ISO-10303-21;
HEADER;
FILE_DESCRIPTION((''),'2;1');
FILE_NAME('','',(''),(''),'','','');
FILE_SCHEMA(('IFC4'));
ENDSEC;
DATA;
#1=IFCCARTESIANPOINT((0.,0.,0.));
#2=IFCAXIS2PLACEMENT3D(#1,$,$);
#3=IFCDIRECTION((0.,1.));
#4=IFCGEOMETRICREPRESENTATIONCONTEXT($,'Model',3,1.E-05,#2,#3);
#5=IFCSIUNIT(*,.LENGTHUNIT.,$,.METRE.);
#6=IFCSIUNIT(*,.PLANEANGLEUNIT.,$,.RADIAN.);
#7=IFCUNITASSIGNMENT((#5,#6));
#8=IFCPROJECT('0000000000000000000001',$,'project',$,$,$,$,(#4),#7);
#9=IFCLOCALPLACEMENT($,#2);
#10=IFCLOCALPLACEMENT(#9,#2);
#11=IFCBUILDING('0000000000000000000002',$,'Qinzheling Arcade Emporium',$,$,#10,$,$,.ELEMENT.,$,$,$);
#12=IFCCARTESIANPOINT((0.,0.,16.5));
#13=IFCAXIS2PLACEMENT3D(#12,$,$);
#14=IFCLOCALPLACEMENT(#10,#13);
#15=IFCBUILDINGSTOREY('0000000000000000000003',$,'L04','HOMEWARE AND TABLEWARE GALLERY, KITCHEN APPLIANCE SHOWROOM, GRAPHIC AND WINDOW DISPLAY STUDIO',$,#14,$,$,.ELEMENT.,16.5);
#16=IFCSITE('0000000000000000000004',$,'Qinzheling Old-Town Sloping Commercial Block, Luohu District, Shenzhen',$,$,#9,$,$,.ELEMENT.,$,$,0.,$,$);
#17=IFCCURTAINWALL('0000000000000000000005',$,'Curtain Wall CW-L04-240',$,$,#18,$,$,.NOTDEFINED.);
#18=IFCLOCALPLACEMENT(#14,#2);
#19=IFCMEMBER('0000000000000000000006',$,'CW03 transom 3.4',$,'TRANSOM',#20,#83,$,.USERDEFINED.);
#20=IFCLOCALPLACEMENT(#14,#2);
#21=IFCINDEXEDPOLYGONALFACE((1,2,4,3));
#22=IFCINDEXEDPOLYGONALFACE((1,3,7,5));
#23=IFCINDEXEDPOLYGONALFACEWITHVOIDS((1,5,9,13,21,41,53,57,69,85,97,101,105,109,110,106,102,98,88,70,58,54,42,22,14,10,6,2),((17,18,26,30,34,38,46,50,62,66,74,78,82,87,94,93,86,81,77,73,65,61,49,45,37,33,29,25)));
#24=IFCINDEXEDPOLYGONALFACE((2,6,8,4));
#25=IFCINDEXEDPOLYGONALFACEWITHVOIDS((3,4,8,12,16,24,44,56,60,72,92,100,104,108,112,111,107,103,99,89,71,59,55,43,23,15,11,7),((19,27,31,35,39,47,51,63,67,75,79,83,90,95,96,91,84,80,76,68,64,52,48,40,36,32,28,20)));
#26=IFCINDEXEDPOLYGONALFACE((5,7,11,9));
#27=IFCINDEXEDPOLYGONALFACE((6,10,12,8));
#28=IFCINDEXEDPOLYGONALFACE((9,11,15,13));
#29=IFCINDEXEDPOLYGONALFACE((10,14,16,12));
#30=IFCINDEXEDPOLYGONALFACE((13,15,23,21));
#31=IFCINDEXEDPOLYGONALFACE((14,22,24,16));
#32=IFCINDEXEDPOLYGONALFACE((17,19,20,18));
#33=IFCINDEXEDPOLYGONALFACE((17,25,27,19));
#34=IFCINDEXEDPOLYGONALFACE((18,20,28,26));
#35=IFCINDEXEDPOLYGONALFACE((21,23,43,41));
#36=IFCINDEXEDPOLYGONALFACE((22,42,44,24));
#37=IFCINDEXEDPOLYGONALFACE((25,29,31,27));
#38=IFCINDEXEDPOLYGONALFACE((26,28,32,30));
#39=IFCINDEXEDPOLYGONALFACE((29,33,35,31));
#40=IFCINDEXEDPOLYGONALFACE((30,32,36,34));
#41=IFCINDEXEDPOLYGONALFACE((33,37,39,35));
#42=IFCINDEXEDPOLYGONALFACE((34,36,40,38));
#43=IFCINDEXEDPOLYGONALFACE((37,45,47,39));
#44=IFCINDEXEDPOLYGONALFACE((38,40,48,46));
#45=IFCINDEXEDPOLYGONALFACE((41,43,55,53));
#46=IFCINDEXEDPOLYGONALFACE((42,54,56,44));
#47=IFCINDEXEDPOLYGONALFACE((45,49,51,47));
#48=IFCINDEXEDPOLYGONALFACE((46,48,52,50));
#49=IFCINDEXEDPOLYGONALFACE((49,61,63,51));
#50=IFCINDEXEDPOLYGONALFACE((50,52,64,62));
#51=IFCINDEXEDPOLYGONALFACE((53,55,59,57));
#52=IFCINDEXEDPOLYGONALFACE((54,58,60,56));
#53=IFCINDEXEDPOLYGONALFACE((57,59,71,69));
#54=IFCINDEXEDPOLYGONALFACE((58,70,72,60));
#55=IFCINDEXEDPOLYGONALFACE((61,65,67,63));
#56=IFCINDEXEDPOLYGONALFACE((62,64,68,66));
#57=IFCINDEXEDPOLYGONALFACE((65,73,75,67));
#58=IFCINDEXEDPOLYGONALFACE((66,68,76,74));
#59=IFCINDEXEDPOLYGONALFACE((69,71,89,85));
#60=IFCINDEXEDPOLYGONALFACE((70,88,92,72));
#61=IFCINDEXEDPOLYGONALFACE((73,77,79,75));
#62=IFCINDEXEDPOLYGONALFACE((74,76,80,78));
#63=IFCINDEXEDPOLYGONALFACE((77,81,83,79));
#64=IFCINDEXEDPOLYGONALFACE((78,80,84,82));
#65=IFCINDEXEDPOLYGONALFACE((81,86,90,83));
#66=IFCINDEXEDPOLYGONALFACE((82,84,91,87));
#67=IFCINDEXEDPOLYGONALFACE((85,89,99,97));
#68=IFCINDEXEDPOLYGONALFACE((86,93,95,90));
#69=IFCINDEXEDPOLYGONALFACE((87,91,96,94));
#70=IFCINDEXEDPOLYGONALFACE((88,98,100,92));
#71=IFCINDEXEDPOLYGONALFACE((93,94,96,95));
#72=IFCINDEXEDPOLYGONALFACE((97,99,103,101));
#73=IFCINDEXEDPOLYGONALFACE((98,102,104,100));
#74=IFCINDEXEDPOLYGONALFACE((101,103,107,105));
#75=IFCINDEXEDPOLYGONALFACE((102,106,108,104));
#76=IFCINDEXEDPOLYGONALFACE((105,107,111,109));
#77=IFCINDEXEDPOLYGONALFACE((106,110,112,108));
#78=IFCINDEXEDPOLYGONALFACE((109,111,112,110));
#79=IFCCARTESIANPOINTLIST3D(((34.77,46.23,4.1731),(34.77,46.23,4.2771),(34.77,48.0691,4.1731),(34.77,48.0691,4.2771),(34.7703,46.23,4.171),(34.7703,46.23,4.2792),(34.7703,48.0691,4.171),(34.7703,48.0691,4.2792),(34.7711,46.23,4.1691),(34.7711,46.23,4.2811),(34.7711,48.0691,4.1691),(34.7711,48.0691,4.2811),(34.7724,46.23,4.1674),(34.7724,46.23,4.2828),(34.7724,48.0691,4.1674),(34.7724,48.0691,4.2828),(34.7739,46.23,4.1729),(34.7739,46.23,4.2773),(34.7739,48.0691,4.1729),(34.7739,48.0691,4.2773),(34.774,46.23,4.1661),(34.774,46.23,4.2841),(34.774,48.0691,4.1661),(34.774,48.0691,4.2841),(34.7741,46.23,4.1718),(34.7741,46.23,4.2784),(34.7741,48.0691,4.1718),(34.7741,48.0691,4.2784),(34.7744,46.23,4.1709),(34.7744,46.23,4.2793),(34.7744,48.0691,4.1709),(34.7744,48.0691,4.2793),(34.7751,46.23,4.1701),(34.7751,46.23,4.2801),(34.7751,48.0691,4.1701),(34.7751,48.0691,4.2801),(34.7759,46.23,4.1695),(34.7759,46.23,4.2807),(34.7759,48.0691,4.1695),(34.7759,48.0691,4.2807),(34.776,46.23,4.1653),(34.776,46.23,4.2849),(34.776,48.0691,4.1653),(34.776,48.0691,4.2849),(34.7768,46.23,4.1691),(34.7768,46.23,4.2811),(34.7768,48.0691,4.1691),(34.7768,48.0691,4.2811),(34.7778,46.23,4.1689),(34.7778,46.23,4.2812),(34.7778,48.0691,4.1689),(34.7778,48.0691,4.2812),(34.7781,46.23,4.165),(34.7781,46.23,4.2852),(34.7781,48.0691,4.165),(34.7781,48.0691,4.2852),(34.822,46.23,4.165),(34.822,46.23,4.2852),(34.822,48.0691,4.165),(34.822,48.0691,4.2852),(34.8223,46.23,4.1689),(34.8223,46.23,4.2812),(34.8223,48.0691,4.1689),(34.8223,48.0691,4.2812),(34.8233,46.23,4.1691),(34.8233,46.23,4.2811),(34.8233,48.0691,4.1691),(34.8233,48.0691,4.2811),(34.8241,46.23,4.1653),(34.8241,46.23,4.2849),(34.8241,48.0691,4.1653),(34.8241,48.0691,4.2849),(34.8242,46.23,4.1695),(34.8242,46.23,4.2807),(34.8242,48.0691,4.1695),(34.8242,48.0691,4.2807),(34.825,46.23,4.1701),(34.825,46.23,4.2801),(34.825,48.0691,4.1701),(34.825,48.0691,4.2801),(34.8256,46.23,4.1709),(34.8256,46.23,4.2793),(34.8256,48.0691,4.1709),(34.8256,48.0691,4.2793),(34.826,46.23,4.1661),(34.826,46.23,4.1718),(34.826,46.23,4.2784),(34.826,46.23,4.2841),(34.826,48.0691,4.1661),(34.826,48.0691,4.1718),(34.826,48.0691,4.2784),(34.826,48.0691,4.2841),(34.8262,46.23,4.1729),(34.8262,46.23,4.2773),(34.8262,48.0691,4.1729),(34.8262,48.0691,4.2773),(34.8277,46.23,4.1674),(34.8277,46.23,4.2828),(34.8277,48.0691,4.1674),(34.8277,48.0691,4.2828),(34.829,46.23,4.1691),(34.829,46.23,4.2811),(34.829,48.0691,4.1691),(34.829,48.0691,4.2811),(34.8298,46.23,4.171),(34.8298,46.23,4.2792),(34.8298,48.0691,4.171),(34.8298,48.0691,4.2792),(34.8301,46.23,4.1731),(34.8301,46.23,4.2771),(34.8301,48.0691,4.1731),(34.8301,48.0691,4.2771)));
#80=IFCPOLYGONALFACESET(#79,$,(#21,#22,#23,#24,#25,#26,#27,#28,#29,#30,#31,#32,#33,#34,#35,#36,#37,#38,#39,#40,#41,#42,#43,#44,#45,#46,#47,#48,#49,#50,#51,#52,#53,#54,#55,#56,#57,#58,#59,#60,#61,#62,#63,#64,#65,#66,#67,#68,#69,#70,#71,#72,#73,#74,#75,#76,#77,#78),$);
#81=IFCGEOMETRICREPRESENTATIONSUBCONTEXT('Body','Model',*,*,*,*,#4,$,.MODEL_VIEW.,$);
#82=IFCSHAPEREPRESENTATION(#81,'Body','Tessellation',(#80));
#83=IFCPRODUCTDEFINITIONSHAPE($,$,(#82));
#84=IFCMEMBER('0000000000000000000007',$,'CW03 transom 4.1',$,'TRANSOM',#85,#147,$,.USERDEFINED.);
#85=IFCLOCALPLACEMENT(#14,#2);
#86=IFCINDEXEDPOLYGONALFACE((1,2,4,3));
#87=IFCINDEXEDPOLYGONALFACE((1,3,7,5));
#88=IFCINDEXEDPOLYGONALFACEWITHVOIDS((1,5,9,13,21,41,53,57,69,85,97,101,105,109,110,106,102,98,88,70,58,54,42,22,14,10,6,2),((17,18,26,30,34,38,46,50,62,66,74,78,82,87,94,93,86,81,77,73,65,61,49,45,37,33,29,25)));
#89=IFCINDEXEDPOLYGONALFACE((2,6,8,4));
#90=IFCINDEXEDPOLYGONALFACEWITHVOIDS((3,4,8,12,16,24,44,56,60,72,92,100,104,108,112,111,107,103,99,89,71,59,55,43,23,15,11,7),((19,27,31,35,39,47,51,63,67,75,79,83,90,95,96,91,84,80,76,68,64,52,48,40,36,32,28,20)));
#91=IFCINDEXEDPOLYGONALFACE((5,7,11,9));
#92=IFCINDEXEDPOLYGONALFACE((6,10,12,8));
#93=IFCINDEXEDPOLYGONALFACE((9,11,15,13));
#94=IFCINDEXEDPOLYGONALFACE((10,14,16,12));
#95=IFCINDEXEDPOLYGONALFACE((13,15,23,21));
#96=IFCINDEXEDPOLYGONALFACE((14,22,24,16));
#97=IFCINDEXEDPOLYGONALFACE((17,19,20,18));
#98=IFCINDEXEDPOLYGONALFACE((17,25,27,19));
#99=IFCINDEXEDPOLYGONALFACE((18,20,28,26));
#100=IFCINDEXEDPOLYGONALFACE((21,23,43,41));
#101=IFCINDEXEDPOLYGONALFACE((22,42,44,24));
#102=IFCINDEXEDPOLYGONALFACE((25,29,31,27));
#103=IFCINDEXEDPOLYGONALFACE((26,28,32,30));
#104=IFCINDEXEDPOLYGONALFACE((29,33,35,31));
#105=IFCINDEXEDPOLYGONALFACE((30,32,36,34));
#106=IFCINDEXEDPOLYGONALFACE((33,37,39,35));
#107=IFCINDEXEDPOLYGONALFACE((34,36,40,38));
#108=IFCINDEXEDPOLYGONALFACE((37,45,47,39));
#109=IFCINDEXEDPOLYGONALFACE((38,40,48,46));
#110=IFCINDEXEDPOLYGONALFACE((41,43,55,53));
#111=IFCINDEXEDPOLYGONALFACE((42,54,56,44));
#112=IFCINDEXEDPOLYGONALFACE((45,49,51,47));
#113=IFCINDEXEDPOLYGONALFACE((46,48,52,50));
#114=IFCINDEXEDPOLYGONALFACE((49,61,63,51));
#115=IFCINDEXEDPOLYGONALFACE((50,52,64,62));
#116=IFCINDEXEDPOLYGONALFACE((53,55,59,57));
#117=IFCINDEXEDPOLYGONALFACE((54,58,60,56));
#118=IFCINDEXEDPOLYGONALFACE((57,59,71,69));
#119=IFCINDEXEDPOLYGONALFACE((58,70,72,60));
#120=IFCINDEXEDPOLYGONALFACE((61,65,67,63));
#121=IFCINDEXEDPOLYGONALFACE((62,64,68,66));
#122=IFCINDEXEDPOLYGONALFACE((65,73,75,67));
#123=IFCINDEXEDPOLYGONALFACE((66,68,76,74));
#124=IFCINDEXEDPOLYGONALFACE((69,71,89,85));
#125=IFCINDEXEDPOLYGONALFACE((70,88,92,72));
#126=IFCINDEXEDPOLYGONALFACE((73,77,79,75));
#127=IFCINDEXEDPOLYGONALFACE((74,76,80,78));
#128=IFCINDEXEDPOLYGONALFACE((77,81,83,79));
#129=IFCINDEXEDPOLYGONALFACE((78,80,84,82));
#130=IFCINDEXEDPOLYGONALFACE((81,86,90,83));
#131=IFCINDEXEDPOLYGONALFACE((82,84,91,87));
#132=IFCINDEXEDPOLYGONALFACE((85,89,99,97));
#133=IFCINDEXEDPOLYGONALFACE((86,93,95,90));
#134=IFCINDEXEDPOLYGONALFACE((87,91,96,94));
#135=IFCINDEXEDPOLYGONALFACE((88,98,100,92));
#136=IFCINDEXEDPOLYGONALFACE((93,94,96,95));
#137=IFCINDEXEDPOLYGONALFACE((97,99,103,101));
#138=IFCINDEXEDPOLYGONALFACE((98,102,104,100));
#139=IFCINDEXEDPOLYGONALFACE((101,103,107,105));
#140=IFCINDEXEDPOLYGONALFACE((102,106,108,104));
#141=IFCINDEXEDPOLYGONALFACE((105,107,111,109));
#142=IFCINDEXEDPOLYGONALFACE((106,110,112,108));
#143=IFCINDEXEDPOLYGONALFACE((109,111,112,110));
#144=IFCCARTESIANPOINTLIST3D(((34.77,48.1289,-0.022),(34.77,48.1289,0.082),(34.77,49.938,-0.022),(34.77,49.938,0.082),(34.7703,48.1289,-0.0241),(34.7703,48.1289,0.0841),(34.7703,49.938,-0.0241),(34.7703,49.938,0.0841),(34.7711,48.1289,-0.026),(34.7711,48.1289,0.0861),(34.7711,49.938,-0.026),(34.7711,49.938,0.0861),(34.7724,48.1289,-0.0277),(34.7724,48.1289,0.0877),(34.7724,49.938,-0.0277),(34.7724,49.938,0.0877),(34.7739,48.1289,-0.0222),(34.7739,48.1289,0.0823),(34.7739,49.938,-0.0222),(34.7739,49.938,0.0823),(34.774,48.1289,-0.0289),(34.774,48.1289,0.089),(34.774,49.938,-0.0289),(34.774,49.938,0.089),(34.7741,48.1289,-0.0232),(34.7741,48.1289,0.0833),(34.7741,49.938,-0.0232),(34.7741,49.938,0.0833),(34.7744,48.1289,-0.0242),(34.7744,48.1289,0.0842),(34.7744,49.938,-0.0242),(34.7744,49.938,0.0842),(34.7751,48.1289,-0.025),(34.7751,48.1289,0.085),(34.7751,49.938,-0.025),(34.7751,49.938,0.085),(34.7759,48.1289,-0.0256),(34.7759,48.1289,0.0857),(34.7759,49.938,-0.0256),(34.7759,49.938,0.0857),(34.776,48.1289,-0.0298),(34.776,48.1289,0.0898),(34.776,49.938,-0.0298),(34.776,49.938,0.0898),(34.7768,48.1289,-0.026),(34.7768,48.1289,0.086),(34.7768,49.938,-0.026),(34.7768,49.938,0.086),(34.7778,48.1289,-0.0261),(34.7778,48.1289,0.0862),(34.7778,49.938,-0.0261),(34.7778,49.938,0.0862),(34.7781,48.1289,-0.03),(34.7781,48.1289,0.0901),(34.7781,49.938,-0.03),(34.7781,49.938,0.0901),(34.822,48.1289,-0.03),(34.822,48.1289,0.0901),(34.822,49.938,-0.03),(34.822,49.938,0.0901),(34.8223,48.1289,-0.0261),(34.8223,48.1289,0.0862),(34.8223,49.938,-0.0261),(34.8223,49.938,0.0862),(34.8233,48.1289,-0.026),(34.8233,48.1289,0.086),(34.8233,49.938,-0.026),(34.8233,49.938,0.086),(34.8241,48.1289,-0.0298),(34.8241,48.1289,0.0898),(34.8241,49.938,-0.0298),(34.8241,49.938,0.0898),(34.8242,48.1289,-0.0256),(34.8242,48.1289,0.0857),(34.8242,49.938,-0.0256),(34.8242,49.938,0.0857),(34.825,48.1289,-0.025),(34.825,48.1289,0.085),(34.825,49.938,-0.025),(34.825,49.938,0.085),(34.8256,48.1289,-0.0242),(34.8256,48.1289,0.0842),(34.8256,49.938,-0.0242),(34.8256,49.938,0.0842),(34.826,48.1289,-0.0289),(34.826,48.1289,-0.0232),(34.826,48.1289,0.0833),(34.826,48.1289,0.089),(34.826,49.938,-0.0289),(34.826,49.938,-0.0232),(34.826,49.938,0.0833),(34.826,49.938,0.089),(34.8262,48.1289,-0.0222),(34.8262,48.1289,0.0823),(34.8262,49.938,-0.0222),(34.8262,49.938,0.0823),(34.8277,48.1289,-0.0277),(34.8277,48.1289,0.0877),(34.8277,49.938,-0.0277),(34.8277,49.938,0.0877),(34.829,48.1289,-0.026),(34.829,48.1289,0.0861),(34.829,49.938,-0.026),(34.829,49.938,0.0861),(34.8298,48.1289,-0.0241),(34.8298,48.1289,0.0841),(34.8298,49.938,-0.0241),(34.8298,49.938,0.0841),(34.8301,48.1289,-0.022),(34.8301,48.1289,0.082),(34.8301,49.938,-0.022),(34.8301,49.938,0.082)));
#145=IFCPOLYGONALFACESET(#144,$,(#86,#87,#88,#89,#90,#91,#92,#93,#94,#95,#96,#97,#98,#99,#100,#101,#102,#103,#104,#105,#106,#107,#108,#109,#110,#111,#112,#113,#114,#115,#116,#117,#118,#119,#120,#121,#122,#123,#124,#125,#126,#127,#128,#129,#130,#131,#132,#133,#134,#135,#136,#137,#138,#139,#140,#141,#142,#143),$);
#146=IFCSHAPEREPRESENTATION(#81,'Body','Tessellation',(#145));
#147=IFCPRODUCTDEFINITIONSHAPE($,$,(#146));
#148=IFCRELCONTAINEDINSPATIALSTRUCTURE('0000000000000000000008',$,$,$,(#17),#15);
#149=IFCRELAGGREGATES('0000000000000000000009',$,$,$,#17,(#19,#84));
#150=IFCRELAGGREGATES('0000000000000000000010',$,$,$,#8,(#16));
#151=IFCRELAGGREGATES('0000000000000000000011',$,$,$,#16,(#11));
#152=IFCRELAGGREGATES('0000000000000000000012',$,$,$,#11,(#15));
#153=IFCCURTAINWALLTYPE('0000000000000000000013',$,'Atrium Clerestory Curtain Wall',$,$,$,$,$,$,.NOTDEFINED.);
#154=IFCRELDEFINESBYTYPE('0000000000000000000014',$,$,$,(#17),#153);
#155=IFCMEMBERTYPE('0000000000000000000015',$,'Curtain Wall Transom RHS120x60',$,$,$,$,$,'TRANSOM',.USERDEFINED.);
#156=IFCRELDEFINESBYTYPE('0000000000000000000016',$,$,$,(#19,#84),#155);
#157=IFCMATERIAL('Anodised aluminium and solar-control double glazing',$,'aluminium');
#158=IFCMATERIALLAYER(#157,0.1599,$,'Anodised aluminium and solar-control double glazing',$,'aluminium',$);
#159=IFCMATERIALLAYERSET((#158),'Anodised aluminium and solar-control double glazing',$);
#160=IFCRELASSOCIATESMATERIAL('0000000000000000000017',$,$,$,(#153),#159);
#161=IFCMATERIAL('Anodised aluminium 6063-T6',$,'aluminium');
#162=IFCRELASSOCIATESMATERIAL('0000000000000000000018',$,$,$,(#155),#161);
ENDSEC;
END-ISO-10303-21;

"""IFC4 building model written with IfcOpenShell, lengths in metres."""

from ifc_helpers import new_model, si_unit, direction, frame, origin, origin_2d, place, context, subcontext, project, spatial, hollow_rectangle, extrude, material, layer, layer_set, material_profile, profile_set, type_object, element, aggregate, save


model = new_model("IFC4")

# Units and contexts
model_context = context("Model", 3, precision=1e-05, world=origin(), true_north=direction((0.0, 1.0)))
body_context = subcontext(model_context, "Body", "Model", "MODEL_VIEW")
ifc_project = project(units=[si_unit("LENGTHUNIT", "METRE"), si_unit("PLANEANGLEUNIT", "RADIAN")], contexts=[model_context])

# Site, building, storey
site_placement = place(None, origin())
site = spatial("IfcSite", under=ifc_project, at=site_placement, Name="Qinzheling Old-Town Sloping Commercial Block, Luohu District, Shenzhen", CompositionType="ELEMENT", RefElevation=0.0)
building_placement = place(site_placement, origin())
building = spatial("IfcBuilding", under=site, at=building_placement, Name="Qinzheling Arcade Emporium", CompositionType="ELEMENT")
storey_placement = place(building_placement, frame((0.0, 0.0, 16.5)))
storey = spatial("IfcBuildingStorey", under=building, at=storey_placement, Name="L04", Description="HOMEWARE AND TABLEWARE GALLERY, KITCHEN APPLIANCE SHOWROOM, GRAPHIC AND WINDOW DISPLAY STUDIO", CompositionType="ELEMENT", Elevation=16.5)

# Curtain wall
ifc_material_1 = material(Name="Anodised aluminium and solar-control double glazing", Category="aluminium")
ifc_layer_1 = layer(ifc_material_1, 0.1599, Name="Anodised aluminium and solar-control double glazing", Category="aluminium")
ifc_layer_set_1 = layer_set([ifc_layer_1], Name="Anodised aluminium and solar-control double glazing")
curtain_wall_type = type_object("IfcCurtainWallType", Name="Atrium Clerestory Curtain Wall", PredefinedType="NOTDEFINED", material=ifc_layer_set_1)
curtain_wall_1_placement = place(storey_placement, origin())
curtain_wall_1 = element("IfcCurtainWall", 1, at=curtain_wall_1_placement, inside=storey, type_object=curtain_wall_type, Name="Curtain Wall CW-L04-240", PredefinedType="NOTDEFINED")
ifc_material_2 = material(Name="Anodised aluminium 6063-T6", Category="aluminium")

# Members
ifc_material_profile_1 = material_profile(ifc_material_2, hollow_rectangle(XDim=0.0601, YDim=0.1201, WallThickness=0.0039, InnerFilletRadius=0.0039, OuterFilletRadius=0.0081, at=origin_2d()), Name="RHS 120x60x4", Category="aluminium")
ifc_profile_set_1 = profile_set([ifc_material_profile_1], Name="Anodised aluminium 6063-T6")
member_type_1 = type_object("IfcMemberType", Name="Curtain Wall Transom RHS120x60", ElementType="TRANSOM", PredefinedType="USERDEFINED", material=ifc_profile_set_1)
member_1_placement = place(storey_placement, frame((34.8, 46.23, 4.2251), z_axis=(0.0, 1.0, 0.0), x_axis=(-1.0, 0.0, 0.0)))
member_1 = element("IfcMember", 2, at=member_1_placement, type_object=member_type_1, Name="CW03 transom 3.4", ObjectType="TRANSOM", PredefinedType="USERDEFINED", context=body_context, shape_type="SweptSolid", body=[
    extrude(hollow_rectangle(XDim=0.0601, YDim=0.1201, WallThickness=0.0039, InnerFilletRadius=0.0039, OuterFilletRadius=0.0081, at=origin_2d()), origin(), (0.0, 0.0, 1.0), 1.8391),
])
member_2_placement = place(storey_placement, frame((34.8, 48.1289, 0.03), z_axis=(0.0, 1.0, 0.0), x_axis=(-1.0, 0.0, 0.0)))
member_2 = element("IfcMember", 3, at=member_2_placement, type_object=member_type_1, Name="CW03 transom 4.1", ObjectType="TRANSOM", PredefinedType="USERDEFINED", context=body_context, shape_type="SweptSolid", body=[
    extrude(hollow_rectangle(XDim=0.0601, YDim=0.1201, WallThickness=0.0039, InnerFilletRadius=0.0039, OuterFilletRadius=0.0081, at=origin_2d()), origin(), (0.0, 0.0, 1.0), 1.8091),
])

aggregate(curtain_wall_1, [member_1, member_2])

save(model, "model.ifc")
